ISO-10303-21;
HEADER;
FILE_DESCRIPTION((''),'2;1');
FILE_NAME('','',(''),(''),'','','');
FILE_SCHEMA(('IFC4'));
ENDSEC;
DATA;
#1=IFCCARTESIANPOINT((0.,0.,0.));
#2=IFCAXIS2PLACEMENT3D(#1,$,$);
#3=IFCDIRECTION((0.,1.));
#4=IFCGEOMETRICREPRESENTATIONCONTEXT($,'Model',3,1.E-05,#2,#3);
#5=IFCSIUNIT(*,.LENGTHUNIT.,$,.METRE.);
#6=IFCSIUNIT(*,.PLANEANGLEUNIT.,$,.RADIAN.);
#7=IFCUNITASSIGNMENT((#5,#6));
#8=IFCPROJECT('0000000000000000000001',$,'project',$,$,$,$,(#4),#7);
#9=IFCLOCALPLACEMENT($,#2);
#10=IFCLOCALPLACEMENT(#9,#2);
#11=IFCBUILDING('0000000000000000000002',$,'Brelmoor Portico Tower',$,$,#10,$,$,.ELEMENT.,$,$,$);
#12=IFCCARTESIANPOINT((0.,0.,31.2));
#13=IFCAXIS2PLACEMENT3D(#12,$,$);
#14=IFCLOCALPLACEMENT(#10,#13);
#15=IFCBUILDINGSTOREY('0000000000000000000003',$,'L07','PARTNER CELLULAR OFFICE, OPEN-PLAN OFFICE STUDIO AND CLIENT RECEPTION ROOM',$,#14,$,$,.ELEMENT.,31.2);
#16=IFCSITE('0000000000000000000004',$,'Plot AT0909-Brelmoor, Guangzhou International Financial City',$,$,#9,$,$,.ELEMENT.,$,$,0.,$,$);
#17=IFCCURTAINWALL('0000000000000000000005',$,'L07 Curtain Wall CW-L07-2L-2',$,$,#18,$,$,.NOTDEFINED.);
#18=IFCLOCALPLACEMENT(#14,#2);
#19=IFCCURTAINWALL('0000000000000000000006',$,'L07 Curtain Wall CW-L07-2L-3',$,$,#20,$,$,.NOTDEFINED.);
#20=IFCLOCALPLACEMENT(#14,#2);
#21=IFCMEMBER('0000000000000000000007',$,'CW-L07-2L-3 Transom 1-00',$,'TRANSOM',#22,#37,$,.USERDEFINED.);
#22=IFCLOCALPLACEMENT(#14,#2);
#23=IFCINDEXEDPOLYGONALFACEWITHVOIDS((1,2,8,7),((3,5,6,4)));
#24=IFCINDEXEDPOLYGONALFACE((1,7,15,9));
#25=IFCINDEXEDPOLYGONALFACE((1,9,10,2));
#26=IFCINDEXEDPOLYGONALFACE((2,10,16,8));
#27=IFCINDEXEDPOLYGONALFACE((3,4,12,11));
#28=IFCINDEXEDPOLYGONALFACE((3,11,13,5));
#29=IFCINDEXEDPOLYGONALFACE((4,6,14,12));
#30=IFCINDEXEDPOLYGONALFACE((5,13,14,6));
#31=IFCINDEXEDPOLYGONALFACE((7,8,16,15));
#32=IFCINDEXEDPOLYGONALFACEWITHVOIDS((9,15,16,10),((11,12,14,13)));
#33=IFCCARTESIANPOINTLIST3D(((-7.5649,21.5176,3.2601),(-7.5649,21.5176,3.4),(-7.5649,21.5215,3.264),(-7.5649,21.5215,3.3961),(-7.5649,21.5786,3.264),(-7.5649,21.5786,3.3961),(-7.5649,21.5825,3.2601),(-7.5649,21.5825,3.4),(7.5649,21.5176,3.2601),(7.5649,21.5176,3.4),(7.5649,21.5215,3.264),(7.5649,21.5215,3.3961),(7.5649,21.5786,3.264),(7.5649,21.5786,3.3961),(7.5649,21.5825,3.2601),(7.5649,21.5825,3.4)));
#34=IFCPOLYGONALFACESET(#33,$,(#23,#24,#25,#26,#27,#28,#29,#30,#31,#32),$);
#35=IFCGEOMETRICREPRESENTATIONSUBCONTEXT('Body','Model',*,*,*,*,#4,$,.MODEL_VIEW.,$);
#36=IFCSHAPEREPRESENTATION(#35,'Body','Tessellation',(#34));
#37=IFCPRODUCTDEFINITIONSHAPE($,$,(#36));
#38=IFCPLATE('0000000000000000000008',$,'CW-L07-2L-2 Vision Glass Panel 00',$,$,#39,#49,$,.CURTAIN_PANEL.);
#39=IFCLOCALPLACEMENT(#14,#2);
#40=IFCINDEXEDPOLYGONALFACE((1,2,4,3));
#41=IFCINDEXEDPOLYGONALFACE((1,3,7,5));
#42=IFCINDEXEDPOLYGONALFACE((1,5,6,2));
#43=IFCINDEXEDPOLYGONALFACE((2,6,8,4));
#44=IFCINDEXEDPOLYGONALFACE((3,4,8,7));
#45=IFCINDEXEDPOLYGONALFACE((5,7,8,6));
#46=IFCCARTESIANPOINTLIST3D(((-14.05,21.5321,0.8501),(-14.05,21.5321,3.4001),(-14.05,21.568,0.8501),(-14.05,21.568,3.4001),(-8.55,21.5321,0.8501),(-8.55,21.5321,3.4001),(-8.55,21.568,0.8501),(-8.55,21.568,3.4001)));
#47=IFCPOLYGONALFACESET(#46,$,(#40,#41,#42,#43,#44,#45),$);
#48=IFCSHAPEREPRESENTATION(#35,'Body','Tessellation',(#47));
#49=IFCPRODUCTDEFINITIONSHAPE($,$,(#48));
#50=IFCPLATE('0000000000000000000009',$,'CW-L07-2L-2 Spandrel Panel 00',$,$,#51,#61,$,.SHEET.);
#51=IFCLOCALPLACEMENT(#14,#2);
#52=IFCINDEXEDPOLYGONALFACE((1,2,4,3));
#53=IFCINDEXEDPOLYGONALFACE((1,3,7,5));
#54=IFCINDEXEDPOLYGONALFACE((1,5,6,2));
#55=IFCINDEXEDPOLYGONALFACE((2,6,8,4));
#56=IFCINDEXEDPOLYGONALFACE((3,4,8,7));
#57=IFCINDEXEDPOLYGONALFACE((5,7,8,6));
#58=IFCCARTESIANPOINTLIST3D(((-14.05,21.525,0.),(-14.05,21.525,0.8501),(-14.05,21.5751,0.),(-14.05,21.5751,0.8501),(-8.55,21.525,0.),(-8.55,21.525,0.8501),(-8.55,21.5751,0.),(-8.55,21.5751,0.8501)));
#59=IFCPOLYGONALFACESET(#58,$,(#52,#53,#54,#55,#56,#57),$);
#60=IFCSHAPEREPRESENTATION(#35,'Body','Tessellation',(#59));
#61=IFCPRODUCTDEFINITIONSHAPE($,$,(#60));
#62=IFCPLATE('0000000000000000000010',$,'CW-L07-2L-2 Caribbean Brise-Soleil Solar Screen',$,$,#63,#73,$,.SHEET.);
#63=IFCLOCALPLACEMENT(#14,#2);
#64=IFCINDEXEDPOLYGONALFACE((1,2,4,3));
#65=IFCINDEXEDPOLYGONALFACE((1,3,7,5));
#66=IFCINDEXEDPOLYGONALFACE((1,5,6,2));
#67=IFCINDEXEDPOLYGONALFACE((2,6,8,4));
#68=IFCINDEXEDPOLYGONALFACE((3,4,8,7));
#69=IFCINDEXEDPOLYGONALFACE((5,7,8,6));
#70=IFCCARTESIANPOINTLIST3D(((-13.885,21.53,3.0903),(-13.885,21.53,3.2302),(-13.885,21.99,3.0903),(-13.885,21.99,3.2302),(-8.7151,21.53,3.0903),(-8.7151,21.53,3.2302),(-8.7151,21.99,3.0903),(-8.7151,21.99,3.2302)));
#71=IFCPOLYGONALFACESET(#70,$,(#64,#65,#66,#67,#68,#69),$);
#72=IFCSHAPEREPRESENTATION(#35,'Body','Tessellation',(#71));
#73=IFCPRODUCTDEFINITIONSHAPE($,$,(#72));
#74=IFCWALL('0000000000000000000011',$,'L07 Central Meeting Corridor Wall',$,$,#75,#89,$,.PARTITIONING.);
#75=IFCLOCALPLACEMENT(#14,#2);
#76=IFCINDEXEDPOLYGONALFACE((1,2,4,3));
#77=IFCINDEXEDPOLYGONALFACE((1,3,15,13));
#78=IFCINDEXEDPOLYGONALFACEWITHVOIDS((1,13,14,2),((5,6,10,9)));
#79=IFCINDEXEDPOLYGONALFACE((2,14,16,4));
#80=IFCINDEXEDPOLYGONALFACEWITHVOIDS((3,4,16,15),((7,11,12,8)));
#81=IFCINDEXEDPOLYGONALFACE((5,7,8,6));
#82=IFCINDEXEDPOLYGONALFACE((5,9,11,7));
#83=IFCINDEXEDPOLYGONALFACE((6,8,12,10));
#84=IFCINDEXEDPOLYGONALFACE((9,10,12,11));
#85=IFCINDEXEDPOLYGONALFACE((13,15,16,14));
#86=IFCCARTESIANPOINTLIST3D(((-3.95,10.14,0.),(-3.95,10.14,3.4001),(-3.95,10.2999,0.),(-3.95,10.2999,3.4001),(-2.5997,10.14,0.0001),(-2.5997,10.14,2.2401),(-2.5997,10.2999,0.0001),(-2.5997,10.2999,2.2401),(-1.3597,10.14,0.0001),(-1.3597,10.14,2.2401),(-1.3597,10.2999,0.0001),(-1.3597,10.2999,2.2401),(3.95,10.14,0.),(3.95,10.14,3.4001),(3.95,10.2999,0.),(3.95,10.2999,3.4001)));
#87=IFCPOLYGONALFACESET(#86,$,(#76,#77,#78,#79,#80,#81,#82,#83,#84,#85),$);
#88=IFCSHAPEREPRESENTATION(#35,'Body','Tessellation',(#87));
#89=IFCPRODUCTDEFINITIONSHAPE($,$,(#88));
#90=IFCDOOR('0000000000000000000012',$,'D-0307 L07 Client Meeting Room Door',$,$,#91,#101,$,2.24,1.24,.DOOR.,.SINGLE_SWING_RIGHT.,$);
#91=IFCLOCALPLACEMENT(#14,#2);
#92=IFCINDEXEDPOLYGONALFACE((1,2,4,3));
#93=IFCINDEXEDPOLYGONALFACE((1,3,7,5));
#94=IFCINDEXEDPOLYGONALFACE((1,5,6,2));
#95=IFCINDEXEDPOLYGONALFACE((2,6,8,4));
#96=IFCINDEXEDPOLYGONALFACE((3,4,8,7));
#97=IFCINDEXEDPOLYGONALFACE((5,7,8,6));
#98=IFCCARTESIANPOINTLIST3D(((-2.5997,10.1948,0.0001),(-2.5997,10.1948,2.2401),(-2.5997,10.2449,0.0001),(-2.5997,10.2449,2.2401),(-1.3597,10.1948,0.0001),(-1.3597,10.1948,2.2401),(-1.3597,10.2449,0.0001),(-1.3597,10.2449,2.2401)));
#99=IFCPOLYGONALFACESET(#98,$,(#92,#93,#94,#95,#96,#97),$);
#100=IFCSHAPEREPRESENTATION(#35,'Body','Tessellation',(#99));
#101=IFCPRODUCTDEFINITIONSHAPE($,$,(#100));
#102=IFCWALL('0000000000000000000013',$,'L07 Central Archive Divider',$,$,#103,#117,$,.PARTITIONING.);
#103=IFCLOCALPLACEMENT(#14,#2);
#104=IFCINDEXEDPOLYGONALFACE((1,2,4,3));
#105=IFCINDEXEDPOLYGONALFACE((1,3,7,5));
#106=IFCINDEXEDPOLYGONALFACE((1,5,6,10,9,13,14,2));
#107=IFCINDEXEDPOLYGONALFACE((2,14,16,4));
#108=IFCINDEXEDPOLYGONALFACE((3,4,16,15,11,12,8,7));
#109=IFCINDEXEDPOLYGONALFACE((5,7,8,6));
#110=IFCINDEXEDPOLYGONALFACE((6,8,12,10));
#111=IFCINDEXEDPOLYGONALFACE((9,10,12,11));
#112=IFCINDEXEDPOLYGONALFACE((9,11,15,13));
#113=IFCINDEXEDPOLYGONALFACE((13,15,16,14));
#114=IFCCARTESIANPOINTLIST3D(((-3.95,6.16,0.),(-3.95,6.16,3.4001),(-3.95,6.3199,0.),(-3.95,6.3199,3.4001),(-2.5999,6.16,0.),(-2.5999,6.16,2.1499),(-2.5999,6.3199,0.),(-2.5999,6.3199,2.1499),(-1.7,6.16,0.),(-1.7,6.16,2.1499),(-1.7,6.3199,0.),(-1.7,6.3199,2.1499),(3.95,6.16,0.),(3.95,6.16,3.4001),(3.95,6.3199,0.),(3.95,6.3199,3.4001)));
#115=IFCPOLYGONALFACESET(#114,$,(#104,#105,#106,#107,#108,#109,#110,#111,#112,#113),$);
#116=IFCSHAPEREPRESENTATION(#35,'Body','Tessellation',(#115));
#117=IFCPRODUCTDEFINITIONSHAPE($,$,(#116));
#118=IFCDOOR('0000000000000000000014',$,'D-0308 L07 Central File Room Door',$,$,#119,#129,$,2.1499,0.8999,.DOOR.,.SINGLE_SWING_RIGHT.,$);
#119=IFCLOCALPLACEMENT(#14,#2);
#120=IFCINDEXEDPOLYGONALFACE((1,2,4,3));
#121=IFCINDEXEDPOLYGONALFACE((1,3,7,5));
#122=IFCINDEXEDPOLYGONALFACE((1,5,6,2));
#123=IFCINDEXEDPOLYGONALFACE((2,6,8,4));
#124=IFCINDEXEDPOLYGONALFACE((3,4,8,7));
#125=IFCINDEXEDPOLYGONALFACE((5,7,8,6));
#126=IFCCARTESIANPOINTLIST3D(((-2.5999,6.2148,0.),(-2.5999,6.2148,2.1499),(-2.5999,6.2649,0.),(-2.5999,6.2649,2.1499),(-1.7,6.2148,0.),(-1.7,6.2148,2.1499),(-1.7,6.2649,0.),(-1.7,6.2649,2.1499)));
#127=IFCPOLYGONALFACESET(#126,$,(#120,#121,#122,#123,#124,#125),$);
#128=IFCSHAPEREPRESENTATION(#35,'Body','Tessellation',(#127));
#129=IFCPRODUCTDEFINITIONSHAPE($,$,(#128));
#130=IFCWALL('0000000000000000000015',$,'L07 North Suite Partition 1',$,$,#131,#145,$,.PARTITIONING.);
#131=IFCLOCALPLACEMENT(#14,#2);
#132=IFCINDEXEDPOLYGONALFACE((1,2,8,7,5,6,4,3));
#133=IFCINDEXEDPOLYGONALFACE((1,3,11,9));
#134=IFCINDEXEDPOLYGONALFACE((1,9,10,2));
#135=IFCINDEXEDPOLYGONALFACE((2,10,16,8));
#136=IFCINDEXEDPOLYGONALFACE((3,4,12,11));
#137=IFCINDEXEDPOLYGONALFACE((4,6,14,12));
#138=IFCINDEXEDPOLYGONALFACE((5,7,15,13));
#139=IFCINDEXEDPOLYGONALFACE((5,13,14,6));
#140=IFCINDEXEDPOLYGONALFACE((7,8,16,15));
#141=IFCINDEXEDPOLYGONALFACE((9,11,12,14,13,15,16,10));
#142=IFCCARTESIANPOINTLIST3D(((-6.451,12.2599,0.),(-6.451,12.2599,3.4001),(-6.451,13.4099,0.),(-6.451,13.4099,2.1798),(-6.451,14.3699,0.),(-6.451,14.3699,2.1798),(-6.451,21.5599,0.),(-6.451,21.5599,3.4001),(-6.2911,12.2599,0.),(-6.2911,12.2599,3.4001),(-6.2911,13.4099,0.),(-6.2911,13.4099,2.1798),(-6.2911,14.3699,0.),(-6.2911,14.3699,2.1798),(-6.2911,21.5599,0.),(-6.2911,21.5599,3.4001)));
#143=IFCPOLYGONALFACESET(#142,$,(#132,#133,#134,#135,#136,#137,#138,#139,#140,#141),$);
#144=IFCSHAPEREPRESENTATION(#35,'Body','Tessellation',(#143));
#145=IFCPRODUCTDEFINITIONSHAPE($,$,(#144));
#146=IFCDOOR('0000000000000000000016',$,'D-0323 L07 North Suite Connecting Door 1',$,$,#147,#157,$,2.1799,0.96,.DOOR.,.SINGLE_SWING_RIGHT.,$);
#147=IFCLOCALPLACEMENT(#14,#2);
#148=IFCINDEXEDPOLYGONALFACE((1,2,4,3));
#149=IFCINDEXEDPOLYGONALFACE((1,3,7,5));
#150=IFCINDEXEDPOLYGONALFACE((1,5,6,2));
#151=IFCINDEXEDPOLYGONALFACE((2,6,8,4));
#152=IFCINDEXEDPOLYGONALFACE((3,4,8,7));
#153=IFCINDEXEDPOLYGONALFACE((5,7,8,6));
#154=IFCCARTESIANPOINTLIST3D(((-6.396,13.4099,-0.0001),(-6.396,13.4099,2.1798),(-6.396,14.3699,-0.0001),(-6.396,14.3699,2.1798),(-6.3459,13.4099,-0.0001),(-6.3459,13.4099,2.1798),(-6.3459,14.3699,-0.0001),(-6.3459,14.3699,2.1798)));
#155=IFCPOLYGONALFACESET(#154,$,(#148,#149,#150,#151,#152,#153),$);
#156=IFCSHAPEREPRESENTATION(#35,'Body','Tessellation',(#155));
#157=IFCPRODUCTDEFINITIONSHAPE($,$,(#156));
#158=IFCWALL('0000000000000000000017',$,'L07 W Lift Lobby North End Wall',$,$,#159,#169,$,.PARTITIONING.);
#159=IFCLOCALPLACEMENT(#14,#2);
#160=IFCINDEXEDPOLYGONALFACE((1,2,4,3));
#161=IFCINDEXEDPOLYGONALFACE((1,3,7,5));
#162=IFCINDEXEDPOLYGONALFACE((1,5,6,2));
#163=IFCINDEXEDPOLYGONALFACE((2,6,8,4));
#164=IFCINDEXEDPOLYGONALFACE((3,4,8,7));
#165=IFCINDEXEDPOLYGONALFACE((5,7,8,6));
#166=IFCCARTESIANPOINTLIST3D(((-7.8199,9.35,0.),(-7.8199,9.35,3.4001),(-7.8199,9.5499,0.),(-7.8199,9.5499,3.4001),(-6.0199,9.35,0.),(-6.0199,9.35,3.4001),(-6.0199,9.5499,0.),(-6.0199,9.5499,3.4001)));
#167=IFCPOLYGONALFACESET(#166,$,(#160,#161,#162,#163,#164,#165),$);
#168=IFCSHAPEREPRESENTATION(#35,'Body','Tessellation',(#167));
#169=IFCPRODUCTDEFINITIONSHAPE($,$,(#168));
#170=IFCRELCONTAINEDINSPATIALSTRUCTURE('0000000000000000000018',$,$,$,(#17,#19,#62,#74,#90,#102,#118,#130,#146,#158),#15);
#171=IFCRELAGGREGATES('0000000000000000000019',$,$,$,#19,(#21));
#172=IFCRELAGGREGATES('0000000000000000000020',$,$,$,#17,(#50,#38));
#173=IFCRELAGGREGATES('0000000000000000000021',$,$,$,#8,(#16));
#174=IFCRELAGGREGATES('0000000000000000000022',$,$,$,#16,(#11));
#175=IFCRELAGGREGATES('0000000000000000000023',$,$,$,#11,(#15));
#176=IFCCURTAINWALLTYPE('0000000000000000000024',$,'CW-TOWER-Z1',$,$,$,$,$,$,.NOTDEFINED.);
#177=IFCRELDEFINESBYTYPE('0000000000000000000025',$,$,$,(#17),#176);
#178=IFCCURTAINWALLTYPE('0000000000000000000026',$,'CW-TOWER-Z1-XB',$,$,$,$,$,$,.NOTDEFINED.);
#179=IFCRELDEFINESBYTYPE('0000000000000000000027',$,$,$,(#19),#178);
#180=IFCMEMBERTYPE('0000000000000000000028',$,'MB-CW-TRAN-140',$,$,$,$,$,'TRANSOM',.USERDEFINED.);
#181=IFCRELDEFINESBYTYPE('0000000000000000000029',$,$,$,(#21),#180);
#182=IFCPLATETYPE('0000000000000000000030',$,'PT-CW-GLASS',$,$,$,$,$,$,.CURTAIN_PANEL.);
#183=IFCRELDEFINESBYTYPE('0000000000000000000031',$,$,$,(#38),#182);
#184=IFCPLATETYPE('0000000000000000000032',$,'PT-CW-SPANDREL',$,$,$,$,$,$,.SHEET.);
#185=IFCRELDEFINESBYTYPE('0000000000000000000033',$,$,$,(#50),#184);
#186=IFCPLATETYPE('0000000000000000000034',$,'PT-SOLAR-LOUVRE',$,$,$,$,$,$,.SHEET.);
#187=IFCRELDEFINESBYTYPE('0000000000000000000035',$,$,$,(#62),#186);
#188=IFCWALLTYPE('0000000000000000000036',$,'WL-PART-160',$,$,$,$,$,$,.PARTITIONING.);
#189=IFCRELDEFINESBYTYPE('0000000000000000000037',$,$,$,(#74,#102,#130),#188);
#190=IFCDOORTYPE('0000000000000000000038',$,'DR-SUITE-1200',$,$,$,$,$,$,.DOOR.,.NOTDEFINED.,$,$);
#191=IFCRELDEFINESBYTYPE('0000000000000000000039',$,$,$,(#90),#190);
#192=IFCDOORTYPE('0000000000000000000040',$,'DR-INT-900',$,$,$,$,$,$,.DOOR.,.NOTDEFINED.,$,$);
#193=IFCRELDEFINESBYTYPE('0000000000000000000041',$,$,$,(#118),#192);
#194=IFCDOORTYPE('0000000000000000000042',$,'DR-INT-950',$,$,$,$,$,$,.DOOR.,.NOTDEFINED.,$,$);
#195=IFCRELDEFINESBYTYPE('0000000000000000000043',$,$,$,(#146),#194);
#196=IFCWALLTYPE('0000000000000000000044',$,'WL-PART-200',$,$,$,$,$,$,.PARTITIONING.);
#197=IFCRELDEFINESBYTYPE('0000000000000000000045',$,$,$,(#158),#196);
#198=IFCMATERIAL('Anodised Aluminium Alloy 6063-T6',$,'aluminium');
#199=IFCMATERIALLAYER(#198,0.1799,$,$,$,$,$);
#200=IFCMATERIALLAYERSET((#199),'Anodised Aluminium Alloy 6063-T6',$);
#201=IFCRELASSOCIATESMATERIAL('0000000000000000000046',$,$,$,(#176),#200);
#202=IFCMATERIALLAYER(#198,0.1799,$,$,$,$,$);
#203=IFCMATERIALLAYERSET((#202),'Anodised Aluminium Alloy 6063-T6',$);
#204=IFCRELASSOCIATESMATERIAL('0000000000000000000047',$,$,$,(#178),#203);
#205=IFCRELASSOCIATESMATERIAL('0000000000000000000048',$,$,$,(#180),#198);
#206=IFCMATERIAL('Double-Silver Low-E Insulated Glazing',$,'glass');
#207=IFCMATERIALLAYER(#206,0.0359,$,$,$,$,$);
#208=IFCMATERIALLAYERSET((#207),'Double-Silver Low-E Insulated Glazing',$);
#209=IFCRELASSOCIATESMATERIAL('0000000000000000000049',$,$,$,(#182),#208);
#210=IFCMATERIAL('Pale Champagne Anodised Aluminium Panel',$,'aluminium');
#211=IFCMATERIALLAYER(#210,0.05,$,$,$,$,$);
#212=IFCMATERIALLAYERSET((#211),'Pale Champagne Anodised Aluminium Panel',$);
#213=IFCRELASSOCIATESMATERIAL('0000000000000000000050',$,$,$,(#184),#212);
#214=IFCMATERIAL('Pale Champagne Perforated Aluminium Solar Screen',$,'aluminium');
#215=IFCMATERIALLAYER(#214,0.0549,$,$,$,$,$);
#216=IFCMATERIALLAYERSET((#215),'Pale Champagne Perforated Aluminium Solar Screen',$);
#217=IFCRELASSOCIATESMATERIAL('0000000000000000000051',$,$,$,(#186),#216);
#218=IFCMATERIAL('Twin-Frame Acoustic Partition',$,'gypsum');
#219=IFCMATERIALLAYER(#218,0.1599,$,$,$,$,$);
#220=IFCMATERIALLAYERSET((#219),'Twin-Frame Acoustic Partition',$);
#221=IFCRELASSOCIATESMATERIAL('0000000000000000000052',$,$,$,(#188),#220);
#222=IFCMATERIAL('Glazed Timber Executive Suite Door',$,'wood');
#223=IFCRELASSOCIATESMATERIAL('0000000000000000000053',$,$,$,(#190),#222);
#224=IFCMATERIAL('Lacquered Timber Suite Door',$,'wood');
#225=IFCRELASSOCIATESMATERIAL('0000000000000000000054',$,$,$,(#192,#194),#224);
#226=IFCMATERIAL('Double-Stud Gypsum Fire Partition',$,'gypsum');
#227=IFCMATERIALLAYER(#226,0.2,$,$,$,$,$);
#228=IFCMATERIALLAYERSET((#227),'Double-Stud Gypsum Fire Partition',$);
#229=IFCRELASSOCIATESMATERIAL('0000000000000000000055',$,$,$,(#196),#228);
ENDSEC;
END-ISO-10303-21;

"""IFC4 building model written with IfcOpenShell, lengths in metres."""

from ifc_helpers import new_model, si_unit, direction, frame, frame_2d, origin, origin_2d, place, context, subcontext, project, spatial, rectangle, hollow_rectangle, extrude, material, layer, layer_set, material_profile, profile_set, type_object, element, fill, aggregate, save


model = new_model("IFC4")

# Units and contexts
model_context = context("Model", 3, precision=1e-05, world=origin(), true_north=direction((0.0, 1.0)))
body_context = subcontext(model_context, "Body", "Model", "MODEL_VIEW")
ifc_project = project(units=[si_unit("LENGTHUNIT", "METRE"), si_unit("PLANEANGLEUNIT", "RADIAN")], contexts=[model_context])

# Site, building, storey
site_placement = place(None, origin())
site = spatial("IfcSite", under=ifc_project, at=site_placement, Name="Plot AT0909-Brelmoor, Guangzhou International Financial City", CompositionType="ELEMENT", RefElevation=0.0)
building_placement = place(site_placement, origin())
building = spatial("IfcBuilding", under=site, at=building_placement, Name="Brelmoor Portico Tower", CompositionType="ELEMENT")
storey_placement = place(building_placement, frame((0.0, 0.0, 31.2)))
storey = spatial("IfcBuildingStorey", under=building, at=storey_placement, Name="L07", Description="PARTNER CELLULAR OFFICE, OPEN-PLAN OFFICE STUDIO AND CLIENT RECEPTION ROOM", CompositionType="ELEMENT", Elevation=31.2)

# Curtain wall
ifc_material_1 = material(Name="Anodised Aluminium Alloy 6063-T6", Category="aluminium")
ifc_layer_1 = layer(ifc_material_1, 0.1799)
ifc_layer_set_1 = layer_set([ifc_layer_1], Name="Anodised Aluminium Alloy 6063-T6")
curtain_wall_type_1 = type_object("IfcCurtainWallType", Name="CW-TOWER-Z1", PredefinedType="NOTDEFINED", material=ifc_layer_set_1)
curtain_wall_1_placement = place(storey_placement, origin())
curtain_wall_1 = element("IfcCurtainWall", 1, at=curtain_wall_1_placement, inside=storey, type_object=curtain_wall_type_1, Name="L07 Curtain Wall CW-L07-2L-2", PredefinedType="NOTDEFINED")

# Curtain wall, member
ifc_layer_2 = layer(ifc_material_1, 0.1799)
ifc_layer_set_2 = layer_set([ifc_layer_2], Name="Anodised Aluminium Alloy 6063-T6")
curtain_wall_type_2 = type_object("IfcCurtainWallType", Name="CW-TOWER-Z1-XB", PredefinedType="NOTDEFINED", material=ifc_layer_set_2)
curtain_wall_2_placement = place(storey_placement, origin())
curtain_wall_2 = element("IfcCurtainWall", 2, at=curtain_wall_2_placement, inside=storey, type_object=curtain_wall_type_2, Name="L07 Curtain Wall CW-L07-2L-3", PredefinedType="NOTDEFINED")
ifc_material_profile_1 = material_profile(ifc_material_1, hollow_rectangle(XDim=0.0649, YDim=0.1399, WallThickness=0.0039, at=origin_2d()), Name="ALU TRANSOM 65x140")
ifc_profile_set_1 = profile_set([ifc_material_profile_1], Name="Anodised Aluminium Alloy 6063-T6")
member_type_1 = type_object("IfcMemberType", Name="MB-CW-TRAN-140", ElementType="TRANSOM", PredefinedType="USERDEFINED", material=ifc_profile_set_1)
member_1_placement = place(storey_placement, frame((-7.5649, 21.55, 3.3301), z_axis=(1.0, 0.0, 0.0), x_axis=(0.0, 1.0, 0.0)))
member_1 = element("IfcMember", 3, at=member_1_placement, type_object=member_type_1, Name="CW-L07-2L-3 Transom 1-00", ObjectType="TRANSOM", PredefinedType="USERDEFINED", context=body_context, shape_type="SweptSolid", body=[
    extrude(hollow_rectangle(XDim=0.0649, YDim=0.1399, WallThickness=0.0039, at=origin_2d()), origin(), (0.0, 0.0, 1.0), 15.1299),
])
aggregate(curtain_wall_2, [member_1])

# Plates
ifc_material_2 = material(Name="Double-Silver Low-E Insulated Glazing", Category="glass")
ifc_layer_3 = layer(ifc_material_2, 0.0359)
ifc_layer_set_3 = layer_set([ifc_layer_3], Name="Double-Silver Low-E Insulated Glazing")
plate_type_1 = type_object("IfcPlateType", Name="PT-CW-GLASS", PredefinedType="CURTAIN_PANEL", material=ifc_layer_set_3)
plate_1_placement = place(storey_placement, frame((-11.3, 21.55, 0.8501), z_axis=(0.0, 0.0, 1.0), x_axis=(1.0, 0.0, 0.0)))
plate_1 = element("IfcPlate", 4, at=plate_1_placement, type_object=plate_type_1, Name="CW-L07-2L-2 Vision Glass Panel 00", PredefinedType="CURTAIN_PANEL", context=body_context, shape_type="SweptSolid", body=[
    extrude(rectangle(XDim=5.5, YDim=0.0359, at=origin_2d()), origin(), (0.0, 0.0, 1.0), 2.55),
])
ifc_material_3 = material(Name="Pale Champagne Anodised Aluminium Panel", Category="aluminium")
ifc_layer_4 = layer(ifc_material_3, 0.05)
ifc_layer_set_4 = layer_set([ifc_layer_4], Name="Pale Champagne Anodised Aluminium Panel")
plate_type_2 = type_object("IfcPlateType", Name="PT-CW-SPANDREL", PredefinedType="SHEET", material=ifc_layer_set_4)
plate_2_placement = place(storey_placement, frame((-11.3, 21.55, 0.0), z_axis=(0.0, 0.0, 1.0), x_axis=(1.0, 0.0, 0.0)))
plate_2 = element("IfcPlate", 5, at=plate_2_placement, type_object=plate_type_2, Name="CW-L07-2L-2 Spandrel Panel 00", PredefinedType="SHEET", context=body_context, shape_type="SweptSolid", body=[
    extrude(rectangle(XDim=5.5, YDim=0.05, at=origin_2d()), origin(), (0.0, 0.0, 1.0), 0.8501),
])
aggregate(curtain_wall_1, [plate_2, plate_1])
ifc_material_4 = material(Name="Pale Champagne Perforated Aluminium Solar Screen", Category="aluminium")
ifc_layer_5 = layer(ifc_material_4, 0.0549)
ifc_layer_set_5 = layer_set([ifc_layer_5], Name="Pale Champagne Perforated Aluminium Solar Screen")
plate_type_3 = type_object("IfcPlateType", Name="PT-SOLAR-LOUVRE", PredefinedType="SHEET", material=ifc_layer_set_5)
plate_3_placement = place(storey_placement, frame((-11.3, 21.76, 3.0903), z_axis=(0.0, 0.0, 1.0), x_axis=(1.0, 0.0, 0.0)))
element("IfcPlate", 6, at=plate_3_placement, inside=storey, type_object=plate_type_3, Name="CW-L07-2L-2 Caribbean Brise-Soleil Solar Screen", PredefinedType="SHEET", context=body_context, shape_type="SweptSolid", body=[
    extrude(rectangle(XDim=5.1699, YDim=0.46, at=origin_2d()), origin(), (0.0, 0.0, 1.0), 0.1399),
])

# Walls, openings, doors
ifc_material_5 = material(Name="Twin-Frame Acoustic Partition", Category="gypsum")
ifc_layer_6 = layer(ifc_material_5, 0.1599)
ifc_layer_set_6 = layer_set([ifc_layer_6], Name="Twin-Frame Acoustic Partition")
wall_type_1 = type_object("IfcWallType", Name="WL-PART-160", PredefinedType="PARTITIONING", material=ifc_layer_set_6)
wall_1_placement = place(storey_placement, frame((-3.95, 10.22, 0.0), z_axis=(0.0, 0.0, 1.0), x_axis=(1.0, 0.0, 0.0)))
wall_1 = element("IfcWall", 7, at=wall_1_placement, inside=storey, type_object=wall_type_1, Name="L07 Central Meeting Corridor Wall", PredefinedType="PARTITIONING", context=body_context, shape_type="SweptSolid", body=[
    extrude(rectangle(XDim=7.8999, YDim=0.1599, at=frame_2d((3.95, 0.0))), origin(), (0.0, 0.0, 1.0), 3.4001),
])
opening_1_placement = place(wall_1_placement, frame((1.3501, 0.0, 0.0)))
opening_1 = element("IfcOpeningElement", 8, at=opening_1_placement, cuts=wall_1, PredefinedType="OPENING", context=body_context, shape_type="SweptSolid", body=[
    extrude(rectangle(XDim=1.24, YDim=2.24, at=frame_2d((0.6201, 1.1201))), frame((0.0, 0.0898, 0.0), z_axis=(0.0, -1.0, 0.0), x_axis=(1.0, 0.0, 0.0)), (0.0, 0.0, 1.0), 0.1799),
])
ifc_material_6 = material(Name="Glazed Timber Executive Suite Door", Category="wood")
door_type_1 = type_object("IfcDoorType", Name="DR-SUITE-1200", OperationType="NOTDEFINED", PredefinedType="DOOR", material=ifc_material_6)
door_1_placement = place(opening_1_placement, origin())
door_1 = element("IfcDoor", 9, at=door_1_placement, inside=storey, type_object=door_type_1, Name="D-0307 L07 Client Meeting Room Door", OperationType="SINGLE_SWING_RIGHT", OverallHeight=2.24, OverallWidth=1.24, PredefinedType="DOOR", context=body_context, shape_type="SweptSolid", body=[
    extrude(rectangle(XDim=1.24, YDim=2.24, at=frame_2d((0.6201, 1.1201))), frame((0.0, 0.0249, 0.0), z_axis=(0.0, -1.0, 0.0), x_axis=(1.0, 0.0, 0.0)), (0.0, 0.0, 1.0), 0.05),
])
fill(opening_1, door_1)
wall_2_placement = place(storey_placement, frame((-3.95, 6.24, 0.0), z_axis=(0.0, 0.0, 1.0), x_axis=(1.0, 0.0, 0.0)))
wall_2 = element("IfcWall", 10, at=wall_2_placement, inside=storey, type_object=wall_type_1, Name="L07 Central Archive Divider", PredefinedType="PARTITIONING", context=body_context, shape_type="SweptSolid", body=[
    extrude(rectangle(XDim=7.8999, YDim=0.1599, at=frame_2d((3.95, 0.0))), origin(), (0.0, 0.0, 1.0), 3.4001),
])
opening_2_placement = place(wall_2_placement, frame((1.3501, 0.0, 0.0)))
opening_2 = element("IfcOpeningElement", 11, at=opening_2_placement, cuts=wall_2, PredefinedType="OPENING", context=body_context, shape_type="SweptSolid", body=[
    extrude(rectangle(XDim=0.8999, YDim=2.1499, at=frame_2d((0.45, 1.075))), frame((0.0, 0.0898, 0.0), z_axis=(0.0, -1.0, 0.0), x_axis=(1.0, 0.0, 0.0)), (0.0, 0.0, 1.0), 0.1799),
])
ifc_material_7 = material(Name="Lacquered Timber Suite Door", Category="wood")
door_type_2 = type_object("IfcDoorType", Name="DR-INT-900", OperationType="NOTDEFINED", PredefinedType="DOOR", material=ifc_material_7)
door_2_placement = place(opening_2_placement, origin())
door_2 = element("IfcDoor", 12, at=door_2_placement, inside=storey, type_object=door_type_2, Name="D-0308 L07 Central File Room Door", OperationType="SINGLE_SWING_RIGHT", OverallHeight=2.1499, OverallWidth=0.8999, PredefinedType="DOOR", context=body_context, shape_type="SweptSolid", body=[
    extrude(rectangle(XDim=0.8999, YDim=2.1499, at=frame_2d((0.45, 1.075))), frame((0.0, 0.0249, 0.0), z_axis=(0.0, -1.0, 0.0), x_axis=(1.0, 0.0, 0.0)), (0.0, 0.0, 1.0), 0.05),
])
fill(opening_2, door_2)
wall_3_placement = place(storey_placement, frame((-6.3711, 12.26, 0.0), z_axis=(0.0, 0.0, 1.0), x_axis=(0.0, 1.0, 0.0)))
wall_3 = element("IfcWall", 13, at=wall_3_placement, inside=storey, type_object=wall_type_1, Name="L07 North Suite Partition 1", PredefinedType="PARTITIONING", context=body_context, shape_type="SweptSolid", body=[
    extrude(rectangle(XDim=9.3, YDim=0.1599, at=frame_2d((4.6499, 0.0))), origin(), (0.0, 0.0, 1.0), 3.4001),
])
opening_3_placement = place(wall_3_placement, frame((1.1499, 0.0, 0.0)))
opening_3 = element("IfcOpeningElement", 14, at=opening_3_placement, cuts=wall_3, PredefinedType="OPENING", context=body_context, shape_type="SweptSolid", body=[
    extrude(rectangle(XDim=0.96, YDim=2.1799, at=frame_2d((0.48, 1.0898))), frame((0.0, 0.0898, 0.0), z_axis=(0.0, -1.0, 0.0), x_axis=(1.0, 0.0, 0.0)), (0.0, 0.0, 1.0), 0.1799),
])
door_type_3 = type_object("IfcDoorType", Name="DR-INT-950", OperationType="NOTDEFINED", PredefinedType="DOOR", material=ifc_material_7)
door_3_placement = place(opening_3_placement, origin())
door_3 = element("IfcDoor", 15, at=door_3_placement, inside=storey, type_object=door_type_3, Name="D-0323 L07 North Suite Connecting Door 1", OperationType="SINGLE_SWING_RIGHT", OverallHeight=2.1799, OverallWidth=0.96, PredefinedType="DOOR", context=body_context, shape_type="SweptSolid", body=[
    extrude(rectangle(XDim=0.96, YDim=2.1799, at=frame_2d((0.48, 1.0898))), frame((0.0, 0.0249, 0.0), z_axis=(0.0, -1.0, 0.0), x_axis=(1.0, 0.0, 0.0)), (0.0, 0.0, 1.0), 0.05),
])
fill(opening_3, door_3)

# Wall
ifc_material_8 = material(Name="Double-Stud Gypsum Fire Partition", Category="gypsum")
ifc_layer_7 = layer(ifc_material_8, 0.2)
ifc_layer_set_7 = layer_set([ifc_layer_7], Name="Double-Stud Gypsum Fire Partition")
wall_type_2 = type_object("IfcWallType", Name="WL-PART-200", PredefinedType="PARTITIONING", material=ifc_layer_set_7)
wall_4_placement = place(storey_placement, frame((-6.02, 9.45, 0.0), z_axis=(0.0, 0.0, 1.0), x_axis=(-1.0, 0.0, 0.0)))
element("IfcWall", 16, at=wall_4_placement, inside=storey, type_object=wall_type_2, Name="L07 W Lift Lobby North End Wall", PredefinedType="PARTITIONING", context=body_context, shape_type="SweptSolid", body=[
    extrude(rectangle(XDim=1.8, YDim=0.2, at=frame_2d((0.8999, 0.0))), origin(), (0.0, 0.0, 1.0), 3.4001),
])

save(model, "model.ifc")
